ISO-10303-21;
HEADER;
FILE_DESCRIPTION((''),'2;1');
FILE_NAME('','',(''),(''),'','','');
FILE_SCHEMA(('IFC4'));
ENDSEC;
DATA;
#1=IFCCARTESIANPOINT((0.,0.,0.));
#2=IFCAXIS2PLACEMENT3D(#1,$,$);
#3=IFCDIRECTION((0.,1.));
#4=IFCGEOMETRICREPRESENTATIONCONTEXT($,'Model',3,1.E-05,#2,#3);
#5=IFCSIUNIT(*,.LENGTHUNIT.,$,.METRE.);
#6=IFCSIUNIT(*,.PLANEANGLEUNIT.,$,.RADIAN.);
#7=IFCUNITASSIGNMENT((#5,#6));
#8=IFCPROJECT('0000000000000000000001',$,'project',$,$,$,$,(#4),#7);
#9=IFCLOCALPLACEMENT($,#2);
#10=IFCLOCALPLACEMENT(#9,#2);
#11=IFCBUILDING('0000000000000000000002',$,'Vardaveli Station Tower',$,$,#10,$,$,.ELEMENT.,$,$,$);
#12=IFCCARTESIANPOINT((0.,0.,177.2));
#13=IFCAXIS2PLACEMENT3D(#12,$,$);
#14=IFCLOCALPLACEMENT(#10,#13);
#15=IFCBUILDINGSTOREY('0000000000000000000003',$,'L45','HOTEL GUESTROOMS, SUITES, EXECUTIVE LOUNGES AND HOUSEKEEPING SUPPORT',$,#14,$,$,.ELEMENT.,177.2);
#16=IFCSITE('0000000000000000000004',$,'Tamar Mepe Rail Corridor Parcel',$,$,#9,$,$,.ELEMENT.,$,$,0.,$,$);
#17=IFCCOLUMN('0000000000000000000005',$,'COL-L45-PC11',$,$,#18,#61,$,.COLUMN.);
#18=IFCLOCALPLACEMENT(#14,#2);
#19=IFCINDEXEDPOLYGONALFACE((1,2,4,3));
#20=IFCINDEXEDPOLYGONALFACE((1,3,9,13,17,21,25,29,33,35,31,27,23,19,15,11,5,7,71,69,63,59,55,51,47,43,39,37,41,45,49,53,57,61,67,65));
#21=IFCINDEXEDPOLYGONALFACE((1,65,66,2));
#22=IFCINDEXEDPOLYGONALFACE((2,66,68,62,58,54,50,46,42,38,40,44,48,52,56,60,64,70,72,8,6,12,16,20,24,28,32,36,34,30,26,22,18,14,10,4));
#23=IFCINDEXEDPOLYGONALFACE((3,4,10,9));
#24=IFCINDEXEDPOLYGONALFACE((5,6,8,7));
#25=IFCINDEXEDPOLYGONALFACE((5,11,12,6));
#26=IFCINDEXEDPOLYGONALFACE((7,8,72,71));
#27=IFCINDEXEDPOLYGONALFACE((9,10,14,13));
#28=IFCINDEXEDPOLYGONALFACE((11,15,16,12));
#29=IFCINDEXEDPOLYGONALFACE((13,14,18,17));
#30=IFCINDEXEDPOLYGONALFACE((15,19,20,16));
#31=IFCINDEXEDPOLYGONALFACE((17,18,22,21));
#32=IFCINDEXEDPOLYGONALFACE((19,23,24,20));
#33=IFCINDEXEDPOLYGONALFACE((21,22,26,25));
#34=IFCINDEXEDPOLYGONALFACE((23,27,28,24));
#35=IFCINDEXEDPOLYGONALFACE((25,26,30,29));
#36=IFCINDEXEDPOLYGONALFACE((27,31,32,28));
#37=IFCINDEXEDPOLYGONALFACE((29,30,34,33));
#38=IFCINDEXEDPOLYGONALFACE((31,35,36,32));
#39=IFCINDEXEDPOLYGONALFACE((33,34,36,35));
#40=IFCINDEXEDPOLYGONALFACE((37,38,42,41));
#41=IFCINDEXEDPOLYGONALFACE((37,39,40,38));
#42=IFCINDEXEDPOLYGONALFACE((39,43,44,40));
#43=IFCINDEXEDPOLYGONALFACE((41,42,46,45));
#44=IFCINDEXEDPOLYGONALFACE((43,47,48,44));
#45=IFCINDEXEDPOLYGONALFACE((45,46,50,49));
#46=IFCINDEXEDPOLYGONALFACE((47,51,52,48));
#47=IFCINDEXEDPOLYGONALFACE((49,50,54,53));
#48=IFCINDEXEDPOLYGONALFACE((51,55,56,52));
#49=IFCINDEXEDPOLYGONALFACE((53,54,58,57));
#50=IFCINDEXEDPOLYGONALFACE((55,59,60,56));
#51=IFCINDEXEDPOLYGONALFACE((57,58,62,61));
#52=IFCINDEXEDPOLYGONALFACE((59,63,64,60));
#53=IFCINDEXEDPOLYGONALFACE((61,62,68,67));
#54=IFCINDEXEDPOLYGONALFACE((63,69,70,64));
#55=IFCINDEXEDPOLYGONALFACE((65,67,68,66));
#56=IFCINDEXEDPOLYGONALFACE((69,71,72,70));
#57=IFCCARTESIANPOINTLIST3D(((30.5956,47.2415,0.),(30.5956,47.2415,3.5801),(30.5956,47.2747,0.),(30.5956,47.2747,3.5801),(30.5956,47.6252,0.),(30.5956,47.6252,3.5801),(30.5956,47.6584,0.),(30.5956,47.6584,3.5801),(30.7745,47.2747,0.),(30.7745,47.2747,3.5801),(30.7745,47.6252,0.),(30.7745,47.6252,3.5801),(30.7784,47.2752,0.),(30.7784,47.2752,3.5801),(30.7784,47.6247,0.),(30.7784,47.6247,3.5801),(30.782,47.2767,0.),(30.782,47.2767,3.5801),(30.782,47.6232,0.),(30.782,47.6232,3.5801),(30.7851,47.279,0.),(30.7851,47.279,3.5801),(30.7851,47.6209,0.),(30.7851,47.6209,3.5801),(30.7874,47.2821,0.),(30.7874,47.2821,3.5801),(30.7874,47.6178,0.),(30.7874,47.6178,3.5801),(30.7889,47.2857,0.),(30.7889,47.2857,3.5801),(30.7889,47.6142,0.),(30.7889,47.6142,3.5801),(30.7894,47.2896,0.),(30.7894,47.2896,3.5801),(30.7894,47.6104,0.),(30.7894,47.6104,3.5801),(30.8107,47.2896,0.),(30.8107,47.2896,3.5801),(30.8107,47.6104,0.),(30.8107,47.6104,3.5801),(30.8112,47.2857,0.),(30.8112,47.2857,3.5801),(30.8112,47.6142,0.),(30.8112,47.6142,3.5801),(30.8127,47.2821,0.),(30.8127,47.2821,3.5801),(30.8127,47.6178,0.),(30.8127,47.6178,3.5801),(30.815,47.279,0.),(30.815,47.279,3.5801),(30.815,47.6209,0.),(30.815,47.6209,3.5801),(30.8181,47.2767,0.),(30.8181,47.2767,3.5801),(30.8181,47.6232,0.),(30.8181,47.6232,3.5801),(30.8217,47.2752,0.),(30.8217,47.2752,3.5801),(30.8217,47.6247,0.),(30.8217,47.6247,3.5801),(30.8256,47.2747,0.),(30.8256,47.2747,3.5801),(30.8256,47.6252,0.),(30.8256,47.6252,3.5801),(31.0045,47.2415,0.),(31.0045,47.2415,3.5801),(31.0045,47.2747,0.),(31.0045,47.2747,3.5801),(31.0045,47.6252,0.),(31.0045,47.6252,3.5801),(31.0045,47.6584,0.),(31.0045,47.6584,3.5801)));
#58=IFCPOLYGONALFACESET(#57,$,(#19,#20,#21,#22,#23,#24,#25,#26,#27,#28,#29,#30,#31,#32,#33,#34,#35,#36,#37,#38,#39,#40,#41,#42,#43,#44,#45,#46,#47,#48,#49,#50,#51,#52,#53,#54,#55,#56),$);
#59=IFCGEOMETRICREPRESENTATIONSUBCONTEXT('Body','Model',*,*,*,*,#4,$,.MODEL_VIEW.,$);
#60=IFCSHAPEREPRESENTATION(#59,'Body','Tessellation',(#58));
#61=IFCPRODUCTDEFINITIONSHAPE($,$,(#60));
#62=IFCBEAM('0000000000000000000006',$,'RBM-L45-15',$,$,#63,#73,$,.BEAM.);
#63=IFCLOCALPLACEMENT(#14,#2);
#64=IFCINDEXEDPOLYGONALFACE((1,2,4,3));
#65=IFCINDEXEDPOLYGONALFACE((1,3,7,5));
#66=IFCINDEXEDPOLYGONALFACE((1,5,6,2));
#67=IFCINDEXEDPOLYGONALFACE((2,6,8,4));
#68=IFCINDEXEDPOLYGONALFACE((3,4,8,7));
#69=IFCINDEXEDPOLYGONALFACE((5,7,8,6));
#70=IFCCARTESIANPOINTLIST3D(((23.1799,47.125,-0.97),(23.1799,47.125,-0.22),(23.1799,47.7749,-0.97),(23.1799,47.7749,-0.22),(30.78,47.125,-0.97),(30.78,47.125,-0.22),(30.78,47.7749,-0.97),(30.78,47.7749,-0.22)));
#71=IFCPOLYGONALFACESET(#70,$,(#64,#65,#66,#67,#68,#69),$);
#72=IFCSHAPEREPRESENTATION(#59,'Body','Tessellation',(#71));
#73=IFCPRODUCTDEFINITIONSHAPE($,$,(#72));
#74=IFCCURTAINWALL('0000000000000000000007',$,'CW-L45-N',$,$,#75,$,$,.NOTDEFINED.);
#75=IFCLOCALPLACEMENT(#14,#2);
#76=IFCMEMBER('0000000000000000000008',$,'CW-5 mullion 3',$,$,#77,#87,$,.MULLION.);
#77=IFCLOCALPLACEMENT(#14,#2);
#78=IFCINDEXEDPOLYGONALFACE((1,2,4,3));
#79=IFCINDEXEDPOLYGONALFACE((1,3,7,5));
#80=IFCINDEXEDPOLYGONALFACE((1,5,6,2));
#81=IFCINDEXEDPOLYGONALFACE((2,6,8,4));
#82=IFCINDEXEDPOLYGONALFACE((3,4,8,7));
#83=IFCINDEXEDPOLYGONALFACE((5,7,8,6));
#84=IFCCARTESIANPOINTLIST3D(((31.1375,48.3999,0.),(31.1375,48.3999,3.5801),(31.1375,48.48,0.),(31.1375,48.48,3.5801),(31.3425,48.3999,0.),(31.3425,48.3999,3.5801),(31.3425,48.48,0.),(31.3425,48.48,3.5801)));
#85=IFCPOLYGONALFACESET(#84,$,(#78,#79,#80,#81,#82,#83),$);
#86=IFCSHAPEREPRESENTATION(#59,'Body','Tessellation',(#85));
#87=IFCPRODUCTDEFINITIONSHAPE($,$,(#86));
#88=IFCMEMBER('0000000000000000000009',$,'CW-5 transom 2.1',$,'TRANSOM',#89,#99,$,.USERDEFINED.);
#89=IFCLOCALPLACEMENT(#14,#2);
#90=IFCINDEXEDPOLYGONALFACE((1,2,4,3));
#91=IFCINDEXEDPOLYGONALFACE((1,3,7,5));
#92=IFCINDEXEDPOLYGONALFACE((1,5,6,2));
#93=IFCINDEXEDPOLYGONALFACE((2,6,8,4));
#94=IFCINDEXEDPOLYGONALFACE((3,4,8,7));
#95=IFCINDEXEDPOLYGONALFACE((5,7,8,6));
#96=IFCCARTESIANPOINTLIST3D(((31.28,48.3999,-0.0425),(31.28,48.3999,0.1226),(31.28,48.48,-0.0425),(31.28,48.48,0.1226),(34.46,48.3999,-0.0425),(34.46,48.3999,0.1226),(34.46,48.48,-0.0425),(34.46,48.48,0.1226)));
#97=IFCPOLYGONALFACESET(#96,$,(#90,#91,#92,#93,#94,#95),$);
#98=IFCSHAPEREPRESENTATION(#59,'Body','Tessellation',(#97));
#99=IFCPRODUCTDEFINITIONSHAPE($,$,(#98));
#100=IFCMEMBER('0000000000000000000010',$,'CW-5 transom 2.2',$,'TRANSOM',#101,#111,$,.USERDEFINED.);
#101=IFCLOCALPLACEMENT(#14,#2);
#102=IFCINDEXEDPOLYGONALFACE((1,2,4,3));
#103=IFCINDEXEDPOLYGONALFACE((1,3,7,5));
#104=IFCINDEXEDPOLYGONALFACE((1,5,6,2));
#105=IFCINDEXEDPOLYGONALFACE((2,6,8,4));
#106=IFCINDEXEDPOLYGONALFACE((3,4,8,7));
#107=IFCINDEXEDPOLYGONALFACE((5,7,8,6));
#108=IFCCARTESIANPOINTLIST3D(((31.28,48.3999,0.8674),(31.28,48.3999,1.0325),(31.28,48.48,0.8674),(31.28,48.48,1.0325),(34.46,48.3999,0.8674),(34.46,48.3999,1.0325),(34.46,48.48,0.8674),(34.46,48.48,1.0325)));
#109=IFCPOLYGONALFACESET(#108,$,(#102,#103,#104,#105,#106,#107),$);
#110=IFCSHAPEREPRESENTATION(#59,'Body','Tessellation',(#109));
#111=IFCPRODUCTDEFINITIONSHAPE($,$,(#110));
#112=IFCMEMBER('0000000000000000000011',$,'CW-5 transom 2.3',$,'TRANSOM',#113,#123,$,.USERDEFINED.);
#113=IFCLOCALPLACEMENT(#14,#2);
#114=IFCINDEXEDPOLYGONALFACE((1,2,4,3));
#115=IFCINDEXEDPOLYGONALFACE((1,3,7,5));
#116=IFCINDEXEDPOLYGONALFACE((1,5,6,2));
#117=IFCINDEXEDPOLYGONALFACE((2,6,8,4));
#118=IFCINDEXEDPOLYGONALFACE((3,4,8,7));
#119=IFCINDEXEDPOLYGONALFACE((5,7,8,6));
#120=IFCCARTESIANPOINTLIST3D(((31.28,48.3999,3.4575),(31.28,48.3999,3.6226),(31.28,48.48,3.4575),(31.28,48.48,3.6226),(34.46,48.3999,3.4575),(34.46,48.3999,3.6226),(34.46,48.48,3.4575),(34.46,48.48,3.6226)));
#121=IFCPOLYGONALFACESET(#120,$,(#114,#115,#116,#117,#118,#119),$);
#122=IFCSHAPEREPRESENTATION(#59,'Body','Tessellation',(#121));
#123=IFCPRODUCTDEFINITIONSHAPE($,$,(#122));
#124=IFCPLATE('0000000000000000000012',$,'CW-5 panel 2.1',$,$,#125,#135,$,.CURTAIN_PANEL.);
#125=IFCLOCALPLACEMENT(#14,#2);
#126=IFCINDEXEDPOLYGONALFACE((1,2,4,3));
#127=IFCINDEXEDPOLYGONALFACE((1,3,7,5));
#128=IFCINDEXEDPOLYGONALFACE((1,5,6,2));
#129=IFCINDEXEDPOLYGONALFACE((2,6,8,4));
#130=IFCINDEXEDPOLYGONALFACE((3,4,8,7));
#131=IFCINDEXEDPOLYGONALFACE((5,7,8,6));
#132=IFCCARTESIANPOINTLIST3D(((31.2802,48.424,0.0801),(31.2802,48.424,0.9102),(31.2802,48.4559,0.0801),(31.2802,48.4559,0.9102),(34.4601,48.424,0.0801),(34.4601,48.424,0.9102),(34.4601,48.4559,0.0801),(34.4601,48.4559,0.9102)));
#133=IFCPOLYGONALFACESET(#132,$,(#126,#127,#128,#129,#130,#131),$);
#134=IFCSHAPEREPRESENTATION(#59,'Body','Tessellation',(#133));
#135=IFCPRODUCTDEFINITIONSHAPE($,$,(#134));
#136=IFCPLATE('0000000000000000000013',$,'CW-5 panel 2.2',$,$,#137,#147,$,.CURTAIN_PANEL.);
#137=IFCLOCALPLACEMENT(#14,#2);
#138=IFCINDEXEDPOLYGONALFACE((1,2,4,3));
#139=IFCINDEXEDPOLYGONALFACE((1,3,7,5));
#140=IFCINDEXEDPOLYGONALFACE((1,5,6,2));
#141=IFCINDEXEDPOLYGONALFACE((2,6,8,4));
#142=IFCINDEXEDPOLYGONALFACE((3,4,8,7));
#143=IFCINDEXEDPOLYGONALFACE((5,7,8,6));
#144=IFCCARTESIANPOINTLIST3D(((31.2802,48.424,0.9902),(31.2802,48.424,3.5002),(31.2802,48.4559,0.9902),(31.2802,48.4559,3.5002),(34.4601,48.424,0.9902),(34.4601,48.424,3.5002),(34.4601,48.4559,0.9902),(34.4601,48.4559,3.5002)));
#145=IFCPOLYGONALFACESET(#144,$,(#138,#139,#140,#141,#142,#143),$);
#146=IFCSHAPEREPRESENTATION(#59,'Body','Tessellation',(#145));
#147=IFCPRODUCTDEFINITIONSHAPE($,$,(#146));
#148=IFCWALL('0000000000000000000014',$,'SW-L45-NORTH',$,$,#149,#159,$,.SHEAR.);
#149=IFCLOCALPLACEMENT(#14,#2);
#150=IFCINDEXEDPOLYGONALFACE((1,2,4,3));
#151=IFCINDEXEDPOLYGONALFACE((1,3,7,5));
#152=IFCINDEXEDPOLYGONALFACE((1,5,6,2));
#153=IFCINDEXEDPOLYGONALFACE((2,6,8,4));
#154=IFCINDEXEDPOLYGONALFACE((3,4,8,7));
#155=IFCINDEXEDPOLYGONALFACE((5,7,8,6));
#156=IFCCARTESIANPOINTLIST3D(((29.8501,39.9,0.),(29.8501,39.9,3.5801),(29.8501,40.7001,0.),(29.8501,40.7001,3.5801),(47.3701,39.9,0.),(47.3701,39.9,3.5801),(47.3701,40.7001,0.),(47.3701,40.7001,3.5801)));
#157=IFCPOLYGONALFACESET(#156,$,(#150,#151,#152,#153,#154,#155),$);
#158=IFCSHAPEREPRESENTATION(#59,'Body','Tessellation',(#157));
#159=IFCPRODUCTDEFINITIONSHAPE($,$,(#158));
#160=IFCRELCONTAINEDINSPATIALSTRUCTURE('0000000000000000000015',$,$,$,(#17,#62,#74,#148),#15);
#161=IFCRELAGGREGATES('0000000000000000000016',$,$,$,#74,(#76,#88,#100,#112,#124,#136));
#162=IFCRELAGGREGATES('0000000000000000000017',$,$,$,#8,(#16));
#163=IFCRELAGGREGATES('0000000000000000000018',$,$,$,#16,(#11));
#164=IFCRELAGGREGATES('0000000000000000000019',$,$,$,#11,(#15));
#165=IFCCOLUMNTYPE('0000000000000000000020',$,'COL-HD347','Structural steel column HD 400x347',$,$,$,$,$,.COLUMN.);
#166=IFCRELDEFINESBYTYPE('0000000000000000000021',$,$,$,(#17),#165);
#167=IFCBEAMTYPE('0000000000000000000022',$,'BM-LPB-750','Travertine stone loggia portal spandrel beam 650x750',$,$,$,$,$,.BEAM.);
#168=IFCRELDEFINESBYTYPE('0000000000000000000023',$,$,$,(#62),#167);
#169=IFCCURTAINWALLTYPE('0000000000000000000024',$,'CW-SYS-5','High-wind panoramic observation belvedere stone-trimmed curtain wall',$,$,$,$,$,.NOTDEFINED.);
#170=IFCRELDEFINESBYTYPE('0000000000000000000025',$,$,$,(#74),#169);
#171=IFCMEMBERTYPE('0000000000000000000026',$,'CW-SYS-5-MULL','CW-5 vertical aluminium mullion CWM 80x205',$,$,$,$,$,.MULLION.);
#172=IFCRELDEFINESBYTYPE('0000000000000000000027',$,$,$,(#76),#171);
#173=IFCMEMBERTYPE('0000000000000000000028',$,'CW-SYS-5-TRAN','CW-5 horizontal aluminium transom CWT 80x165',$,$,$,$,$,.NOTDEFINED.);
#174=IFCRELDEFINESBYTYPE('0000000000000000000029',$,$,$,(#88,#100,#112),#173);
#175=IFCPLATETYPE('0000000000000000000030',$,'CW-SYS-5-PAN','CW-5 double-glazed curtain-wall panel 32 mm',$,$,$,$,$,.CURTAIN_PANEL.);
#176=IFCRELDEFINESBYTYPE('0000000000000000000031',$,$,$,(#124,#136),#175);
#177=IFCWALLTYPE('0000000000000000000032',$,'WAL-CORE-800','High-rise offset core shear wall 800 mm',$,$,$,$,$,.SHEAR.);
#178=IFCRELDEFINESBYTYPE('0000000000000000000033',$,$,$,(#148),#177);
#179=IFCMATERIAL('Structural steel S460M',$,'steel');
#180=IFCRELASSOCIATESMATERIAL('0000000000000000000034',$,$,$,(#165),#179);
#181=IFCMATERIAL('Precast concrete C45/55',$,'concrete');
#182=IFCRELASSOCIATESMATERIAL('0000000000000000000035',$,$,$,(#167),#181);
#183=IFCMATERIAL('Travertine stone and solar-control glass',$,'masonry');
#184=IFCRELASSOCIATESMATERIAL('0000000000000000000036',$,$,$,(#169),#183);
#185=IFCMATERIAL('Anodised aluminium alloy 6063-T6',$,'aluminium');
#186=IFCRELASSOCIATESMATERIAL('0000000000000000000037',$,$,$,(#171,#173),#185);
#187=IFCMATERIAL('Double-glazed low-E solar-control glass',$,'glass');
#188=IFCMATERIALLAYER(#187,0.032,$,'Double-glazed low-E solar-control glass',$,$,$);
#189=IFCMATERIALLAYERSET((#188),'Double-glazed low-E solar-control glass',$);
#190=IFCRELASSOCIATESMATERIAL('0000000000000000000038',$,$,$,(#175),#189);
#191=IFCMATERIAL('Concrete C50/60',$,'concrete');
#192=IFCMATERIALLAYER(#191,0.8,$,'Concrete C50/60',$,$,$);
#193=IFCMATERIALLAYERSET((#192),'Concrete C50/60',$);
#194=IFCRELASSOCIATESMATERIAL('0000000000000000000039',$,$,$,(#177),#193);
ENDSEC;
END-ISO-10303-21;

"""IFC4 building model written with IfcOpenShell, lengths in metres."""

from ifc_helpers import new_model, si_unit, direction, frame, frame_2d, origin, origin_2d, place, context, subcontext, project, spatial, rectangle, i_section, extrude, source, transform, mapped, material, layer, layer_set, material_profile, profile_set, type_object, element, aggregate, save


model = new_model("IFC4")

# Units and contexts
model_context = context("Model", 3, precision=1e-05, world=origin(), true_north=direction((0.0, 1.0)))
body_context = subcontext(model_context, "Body", "Model", "MODEL_VIEW")
ifc_project = project(units=[si_unit("LENGTHUNIT", "METRE"), si_unit("PLANEANGLEUNIT", "RADIAN")], contexts=[model_context])

# Site, building, storey
site_placement = place(None, origin())
site = spatial("IfcSite", under=ifc_project, at=site_placement, Name="Tamar Mepe Rail Corridor Parcel", CompositionType="ELEMENT", RefElevation=0.0)
building_placement = place(site_placement, origin())
building = spatial("IfcBuilding", under=site, at=building_placement, Name="Vardaveli Station Tower", CompositionType="ELEMENT")
storey_placement = place(building_placement, frame((0.0, 0.0, 177.2)))
storey = spatial("IfcBuildingStorey", under=building, at=storey_placement, Name="L45", Description="HOTEL GUESTROOMS, SUITES, EXECUTIVE LOUNGES AND HOUSEKEEPING SUPPORT", CompositionType="ELEMENT", Elevation=177.2)

# Column
ifc_material_1 = material(Name="Structural steel S460M", Category="steel")
ifc_material_profile_1 = material_profile(ifc_material_1, i_section(OverallWidth=0.4089, OverallDepth=0.417, WebThickness=0.0212, FlangeThickness=0.0332, FilletRadius=0.0149, at=origin_2d()), Name="HD 400x347")
ifc_profile_set_1 = profile_set([ifc_material_profile_1], Name="Structural steel S460M")
column_type = type_object("IfcColumnType", Name="COL-HD347", Description="Structural steel column HD 400x347", PredefinedType="COLUMN", material=ifc_profile_set_1)
shared_shape_1 = source(origin(), body_context, "Body", "SweptSolid", [
    extrude(i_section(OverallWidth=0.4089, OverallDepth=0.417, WebThickness=0.0212, FlangeThickness=0.0332, FilletRadius=0.0149, at=origin_2d()), origin(), (0.0, 0.0, 1.0), 3.5801),
])
column_placement = place(storey_placement, frame((30.8, 47.45, 0.0), z_axis=(0.0, 0.0, 1.0), x_axis=(1.0, 0.0, 0.0)))
element("IfcColumn", 1, at=column_placement, inside=storey, type_object=column_type, Name="COL-L45-PC11", PredefinedType="COLUMN", context=body_context, shape_type="MappedRepresentation", body=[
    mapped(shared_shape_1, transform((0.0, 0.0, 0.0), scale=1.0)),
])

# Beam
ifc_material_2 = material(Name="Precast concrete C45/55", Category="concrete")
ifc_material_profile_2 = material_profile(ifc_material_2, rectangle(XDim=0.6499, YDim=0.75, at=origin_2d()), Name="LPB 650x750")
ifc_profile_set_2 = profile_set([ifc_material_profile_2], Name="Precast concrete C45/55")
beam_type = type_object("IfcBeamType", Name="BM-LPB-750", Description="Travertine stone loggia portal spandrel beam 650x750", PredefinedType="BEAM", material=ifc_profile_set_2)
shared_shape_2 = source(origin(), body_context, "Body", "SweptSolid", [
    extrude(rectangle(XDim=0.6499, YDim=0.75, at=origin_2d()), origin(), (0.0, 0.0, 1.0), 7.6001),
])
beam_placement = place(storey_placement, frame((30.78, 47.45, -0.595), z_axis=(-1.0, 0.0, 0.0), x_axis=(0.0, -1.0, 0.0)))
element("IfcBeam", 2, at=beam_placement, inside=storey, type_object=beam_type, Name="RBM-L45-15", PredefinedType="BEAM", context=body_context, shape_type="MappedRepresentation", body=[
    mapped(shared_shape_2, transform((0.0, 0.0, 0.0), scale=1.0)),
])

# Curtain wall, members, plates
ifc_material_3 = material(Name="Travertine stone and solar-control glass", Category="masonry")
curtain_wall_type = type_object("IfcCurtainWallType", Name="CW-SYS-5", Description="High-wind panoramic observation belvedere stone-trimmed curtain wall", PredefinedType="NOTDEFINED", material=ifc_material_3)
curtain_wall_placement = place(storey_placement, origin())
curtain_wall = element("IfcCurtainWall", 3, at=curtain_wall_placement, inside=storey, type_object=curtain_wall_type, Name="CW-L45-N", PredefinedType="NOTDEFINED")
ifc_material_4 = material(Name="Anodised aluminium alloy 6063-T6", Category="aluminium")
ifc_material_profile_3 = material_profile(ifc_material_4, rectangle(XDim=0.0801, YDim=0.2051, at=origin_2d()), Name="CWM 80x205")
ifc_profile_set_3 = profile_set([ifc_material_profile_3], Name="Anodised aluminium alloy 6063-T6")
member_type_1 = type_object("IfcMemberType", Name="CW-SYS-5-MULL", Description="CW-5 vertical aluminium mullion CWM 80x205", PredefinedType="MULLION", material=ifc_profile_set_3)
shared_shape_3 = source(origin(), body_context, "Body", "SweptSolid", [
    extrude(rectangle(XDim=0.0801, YDim=0.2051, at=origin_2d()), origin(), (0.0, 0.0, 1.0), 3.5801),
])
member_1_placement = place(storey_placement, frame((31.24, 48.4399, 0.0), z_axis=(0.0, 0.0, 1.0), x_axis=(0.0, -1.0, 0.0)))
member_1 = element("IfcMember", 4, at=member_1_placement, type_object=member_type_1, Name="CW-5 mullion 3", PredefinedType="MULLION", context=body_context, shape_type="MappedRepresentation", body=[
    mapped(shared_shape_3, transform((0.0, 0.0, 0.0), scale=1.0)),
])
ifc_material_profile_4 = material_profile(ifc_material_4, rectangle(XDim=0.0801, YDim=0.165, at=origin_2d()), Name="CWT 80x165")
ifc_profile_set_4 = profile_set([ifc_material_profile_4], Name="Anodised aluminium alloy 6063-T6")
member_type_2 = type_object("IfcMemberType", Name="CW-SYS-5-TRAN", Description="CW-5 horizontal aluminium transom CWT 80x165", PredefinedType="NOTDEFINED", material=ifc_profile_set_4)
shared_shape_4 = source(origin(), body_context, "Body", "SweptSolid", [
    extrude(rectangle(XDim=0.0801, YDim=0.165, at=origin_2d()), origin(), (0.0, 0.0, 1.0), 3.1799),
])
member_2_placement = place(storey_placement, frame((34.46, 48.4399, 0.04), z_axis=(-1.0, 0.0, 0.0), x_axis=(0.0, -1.0, 0.0)))
member_2 = element("IfcMember", 5, at=member_2_placement, type_object=member_type_2, Name="CW-5 transom 2.1", ObjectType="TRANSOM", PredefinedType="USERDEFINED", context=body_context, shape_type="MappedRepresentation", body=[
    mapped(shared_shape_4, transform((0.0, 0.0, 0.0), scale=1.0)),
])
member_3_placement = place(storey_placement, frame((34.46, 48.4399, 0.95), z_axis=(-1.0, 0.0, 0.0), x_axis=(0.0, -1.0, 0.0)))
member_3 = element("IfcMember", 6, at=member_3_placement, type_object=member_type_2, Name="CW-5 transom 2.2", ObjectType="TRANSOM", PredefinedType="USERDEFINED", context=body_context, shape_type="MappedRepresentation", body=[
    mapped(shared_shape_4, transform((0.0, 0.0, 0.0), scale=1.0)),
])
member_4_placement = place(storey_placement, frame((34.46, 48.4399, 3.54), z_axis=(-1.0, 0.0, 0.0), x_axis=(0.0, -1.0, 0.0)))
member_4 = element("IfcMember", 7, at=member_4_placement, type_object=member_type_2, Name="CW-5 transom 2.3", ObjectType="TRANSOM", PredefinedType="USERDEFINED", context=body_context, shape_type="MappedRepresentation", body=[
    mapped(shared_shape_4, transform((0.0, 0.0, 0.0), scale=1.0)),
])
ifc_material_5 = material(Name="Double-glazed low-E solar-control glass", Category="glass")
ifc_layer_1 = layer(ifc_material_5, 0.032, Name="Double-glazed low-E solar-control glass")
ifc_layer_set_1 = layer_set([ifc_layer_1], Name="Double-glazed low-E solar-control glass")
plate_type = type_object("IfcPlateType", Name="CW-SYS-5-PAN", Description="CW-5 double-glazed curtain-wall panel 32 mm", PredefinedType="CURTAIN_PANEL", material=ifc_layer_set_1)
shared_shape_5 = source(origin(), body_context, "Body", "SweptSolid", [
    extrude(rectangle(XDim=3.1799, YDim=0.032, at=origin_2d()), origin(), (0.0, 0.0, 1.0), 0.8301),
])
plate_1_placement = place(storey_placement, frame((32.8701, 48.4399, 0.0801), z_axis=(0.0, 0.0, 1.0), x_axis=(-1.0, 0.0, 0.0)))
plate_1 = element("IfcPlate", 8, at=plate_1_placement, type_object=plate_type, Name="CW-5 panel 2.1", PredefinedType="CURTAIN_PANEL", context=body_context, shape_type="MappedRepresentation", body=[
    mapped(shared_shape_5, transform((0.0, 0.0, 0.0), scale=1.0)),
])
shared_shape_6 = source(origin(), body_context, "Body", "SweptSolid", [
    extrude(rectangle(XDim=3.1799, YDim=0.032, at=origin_2d()), origin(), (0.0, 0.0, 1.0), 2.51),
])
plate_2_placement = place(storey_placement, frame((32.8701, 48.4399, 0.9902), z_axis=(0.0, 0.0, 1.0), x_axis=(-1.0, 0.0, 0.0)))
plate_2 = element("IfcPlate", 9, at=plate_2_placement, type_object=plate_type, Name="CW-5 panel 2.2", PredefinedType="CURTAIN_PANEL", context=body_context, shape_type="MappedRepresentation", body=[
    mapped(shared_shape_6, transform((0.0, 0.0, 0.0), scale=1.0)),
])
aggregate(curtain_wall, [member_1, member_2, member_3, member_4, plate_1, plate_2])

# Wall
ifc_material_6 = material(Name="Concrete C50/60", Category="concrete")
ifc_layer_2 = layer(ifc_material_6, 0.8, Name="Concrete C50/60")
ifc_layer_set_2 = layer_set([ifc_layer_2], Name="Concrete C50/60")
wall_type_1 = type_object("IfcWallType", Name="WAL-CORE-800", Description="High-rise offset core shear wall 800 mm", PredefinedType="SHEAR", material=ifc_layer_set_2)
shared_shape_7 = source(origin(), body_context, "Body", "SweptSolid", [
    extrude(rectangle(XDim=17.52, YDim=0.8, at=frame_2d((8.76, 0.0))), origin(), (0.0, 0.0, 1.0), 3.5801),
])
wall_1_placement = place(storey_placement, frame((29.8501, 40.3, 0.0), z_axis=(0.0, 0.0, 1.0), x_axis=(1.0, 0.0, 0.0)))
element("IfcWall", 10, at=wall_1_placement, inside=storey, type_object=wall_type_1, Name="SW-L45-NORTH", PredefinedType="SHEAR", context=body_context, shape_type="MappedRepresentation", body=[
    mapped(shared_shape_7, transform((0.0, 0.0, 0.0), scale=1.0)),
])

save(model, "model.ifc")
